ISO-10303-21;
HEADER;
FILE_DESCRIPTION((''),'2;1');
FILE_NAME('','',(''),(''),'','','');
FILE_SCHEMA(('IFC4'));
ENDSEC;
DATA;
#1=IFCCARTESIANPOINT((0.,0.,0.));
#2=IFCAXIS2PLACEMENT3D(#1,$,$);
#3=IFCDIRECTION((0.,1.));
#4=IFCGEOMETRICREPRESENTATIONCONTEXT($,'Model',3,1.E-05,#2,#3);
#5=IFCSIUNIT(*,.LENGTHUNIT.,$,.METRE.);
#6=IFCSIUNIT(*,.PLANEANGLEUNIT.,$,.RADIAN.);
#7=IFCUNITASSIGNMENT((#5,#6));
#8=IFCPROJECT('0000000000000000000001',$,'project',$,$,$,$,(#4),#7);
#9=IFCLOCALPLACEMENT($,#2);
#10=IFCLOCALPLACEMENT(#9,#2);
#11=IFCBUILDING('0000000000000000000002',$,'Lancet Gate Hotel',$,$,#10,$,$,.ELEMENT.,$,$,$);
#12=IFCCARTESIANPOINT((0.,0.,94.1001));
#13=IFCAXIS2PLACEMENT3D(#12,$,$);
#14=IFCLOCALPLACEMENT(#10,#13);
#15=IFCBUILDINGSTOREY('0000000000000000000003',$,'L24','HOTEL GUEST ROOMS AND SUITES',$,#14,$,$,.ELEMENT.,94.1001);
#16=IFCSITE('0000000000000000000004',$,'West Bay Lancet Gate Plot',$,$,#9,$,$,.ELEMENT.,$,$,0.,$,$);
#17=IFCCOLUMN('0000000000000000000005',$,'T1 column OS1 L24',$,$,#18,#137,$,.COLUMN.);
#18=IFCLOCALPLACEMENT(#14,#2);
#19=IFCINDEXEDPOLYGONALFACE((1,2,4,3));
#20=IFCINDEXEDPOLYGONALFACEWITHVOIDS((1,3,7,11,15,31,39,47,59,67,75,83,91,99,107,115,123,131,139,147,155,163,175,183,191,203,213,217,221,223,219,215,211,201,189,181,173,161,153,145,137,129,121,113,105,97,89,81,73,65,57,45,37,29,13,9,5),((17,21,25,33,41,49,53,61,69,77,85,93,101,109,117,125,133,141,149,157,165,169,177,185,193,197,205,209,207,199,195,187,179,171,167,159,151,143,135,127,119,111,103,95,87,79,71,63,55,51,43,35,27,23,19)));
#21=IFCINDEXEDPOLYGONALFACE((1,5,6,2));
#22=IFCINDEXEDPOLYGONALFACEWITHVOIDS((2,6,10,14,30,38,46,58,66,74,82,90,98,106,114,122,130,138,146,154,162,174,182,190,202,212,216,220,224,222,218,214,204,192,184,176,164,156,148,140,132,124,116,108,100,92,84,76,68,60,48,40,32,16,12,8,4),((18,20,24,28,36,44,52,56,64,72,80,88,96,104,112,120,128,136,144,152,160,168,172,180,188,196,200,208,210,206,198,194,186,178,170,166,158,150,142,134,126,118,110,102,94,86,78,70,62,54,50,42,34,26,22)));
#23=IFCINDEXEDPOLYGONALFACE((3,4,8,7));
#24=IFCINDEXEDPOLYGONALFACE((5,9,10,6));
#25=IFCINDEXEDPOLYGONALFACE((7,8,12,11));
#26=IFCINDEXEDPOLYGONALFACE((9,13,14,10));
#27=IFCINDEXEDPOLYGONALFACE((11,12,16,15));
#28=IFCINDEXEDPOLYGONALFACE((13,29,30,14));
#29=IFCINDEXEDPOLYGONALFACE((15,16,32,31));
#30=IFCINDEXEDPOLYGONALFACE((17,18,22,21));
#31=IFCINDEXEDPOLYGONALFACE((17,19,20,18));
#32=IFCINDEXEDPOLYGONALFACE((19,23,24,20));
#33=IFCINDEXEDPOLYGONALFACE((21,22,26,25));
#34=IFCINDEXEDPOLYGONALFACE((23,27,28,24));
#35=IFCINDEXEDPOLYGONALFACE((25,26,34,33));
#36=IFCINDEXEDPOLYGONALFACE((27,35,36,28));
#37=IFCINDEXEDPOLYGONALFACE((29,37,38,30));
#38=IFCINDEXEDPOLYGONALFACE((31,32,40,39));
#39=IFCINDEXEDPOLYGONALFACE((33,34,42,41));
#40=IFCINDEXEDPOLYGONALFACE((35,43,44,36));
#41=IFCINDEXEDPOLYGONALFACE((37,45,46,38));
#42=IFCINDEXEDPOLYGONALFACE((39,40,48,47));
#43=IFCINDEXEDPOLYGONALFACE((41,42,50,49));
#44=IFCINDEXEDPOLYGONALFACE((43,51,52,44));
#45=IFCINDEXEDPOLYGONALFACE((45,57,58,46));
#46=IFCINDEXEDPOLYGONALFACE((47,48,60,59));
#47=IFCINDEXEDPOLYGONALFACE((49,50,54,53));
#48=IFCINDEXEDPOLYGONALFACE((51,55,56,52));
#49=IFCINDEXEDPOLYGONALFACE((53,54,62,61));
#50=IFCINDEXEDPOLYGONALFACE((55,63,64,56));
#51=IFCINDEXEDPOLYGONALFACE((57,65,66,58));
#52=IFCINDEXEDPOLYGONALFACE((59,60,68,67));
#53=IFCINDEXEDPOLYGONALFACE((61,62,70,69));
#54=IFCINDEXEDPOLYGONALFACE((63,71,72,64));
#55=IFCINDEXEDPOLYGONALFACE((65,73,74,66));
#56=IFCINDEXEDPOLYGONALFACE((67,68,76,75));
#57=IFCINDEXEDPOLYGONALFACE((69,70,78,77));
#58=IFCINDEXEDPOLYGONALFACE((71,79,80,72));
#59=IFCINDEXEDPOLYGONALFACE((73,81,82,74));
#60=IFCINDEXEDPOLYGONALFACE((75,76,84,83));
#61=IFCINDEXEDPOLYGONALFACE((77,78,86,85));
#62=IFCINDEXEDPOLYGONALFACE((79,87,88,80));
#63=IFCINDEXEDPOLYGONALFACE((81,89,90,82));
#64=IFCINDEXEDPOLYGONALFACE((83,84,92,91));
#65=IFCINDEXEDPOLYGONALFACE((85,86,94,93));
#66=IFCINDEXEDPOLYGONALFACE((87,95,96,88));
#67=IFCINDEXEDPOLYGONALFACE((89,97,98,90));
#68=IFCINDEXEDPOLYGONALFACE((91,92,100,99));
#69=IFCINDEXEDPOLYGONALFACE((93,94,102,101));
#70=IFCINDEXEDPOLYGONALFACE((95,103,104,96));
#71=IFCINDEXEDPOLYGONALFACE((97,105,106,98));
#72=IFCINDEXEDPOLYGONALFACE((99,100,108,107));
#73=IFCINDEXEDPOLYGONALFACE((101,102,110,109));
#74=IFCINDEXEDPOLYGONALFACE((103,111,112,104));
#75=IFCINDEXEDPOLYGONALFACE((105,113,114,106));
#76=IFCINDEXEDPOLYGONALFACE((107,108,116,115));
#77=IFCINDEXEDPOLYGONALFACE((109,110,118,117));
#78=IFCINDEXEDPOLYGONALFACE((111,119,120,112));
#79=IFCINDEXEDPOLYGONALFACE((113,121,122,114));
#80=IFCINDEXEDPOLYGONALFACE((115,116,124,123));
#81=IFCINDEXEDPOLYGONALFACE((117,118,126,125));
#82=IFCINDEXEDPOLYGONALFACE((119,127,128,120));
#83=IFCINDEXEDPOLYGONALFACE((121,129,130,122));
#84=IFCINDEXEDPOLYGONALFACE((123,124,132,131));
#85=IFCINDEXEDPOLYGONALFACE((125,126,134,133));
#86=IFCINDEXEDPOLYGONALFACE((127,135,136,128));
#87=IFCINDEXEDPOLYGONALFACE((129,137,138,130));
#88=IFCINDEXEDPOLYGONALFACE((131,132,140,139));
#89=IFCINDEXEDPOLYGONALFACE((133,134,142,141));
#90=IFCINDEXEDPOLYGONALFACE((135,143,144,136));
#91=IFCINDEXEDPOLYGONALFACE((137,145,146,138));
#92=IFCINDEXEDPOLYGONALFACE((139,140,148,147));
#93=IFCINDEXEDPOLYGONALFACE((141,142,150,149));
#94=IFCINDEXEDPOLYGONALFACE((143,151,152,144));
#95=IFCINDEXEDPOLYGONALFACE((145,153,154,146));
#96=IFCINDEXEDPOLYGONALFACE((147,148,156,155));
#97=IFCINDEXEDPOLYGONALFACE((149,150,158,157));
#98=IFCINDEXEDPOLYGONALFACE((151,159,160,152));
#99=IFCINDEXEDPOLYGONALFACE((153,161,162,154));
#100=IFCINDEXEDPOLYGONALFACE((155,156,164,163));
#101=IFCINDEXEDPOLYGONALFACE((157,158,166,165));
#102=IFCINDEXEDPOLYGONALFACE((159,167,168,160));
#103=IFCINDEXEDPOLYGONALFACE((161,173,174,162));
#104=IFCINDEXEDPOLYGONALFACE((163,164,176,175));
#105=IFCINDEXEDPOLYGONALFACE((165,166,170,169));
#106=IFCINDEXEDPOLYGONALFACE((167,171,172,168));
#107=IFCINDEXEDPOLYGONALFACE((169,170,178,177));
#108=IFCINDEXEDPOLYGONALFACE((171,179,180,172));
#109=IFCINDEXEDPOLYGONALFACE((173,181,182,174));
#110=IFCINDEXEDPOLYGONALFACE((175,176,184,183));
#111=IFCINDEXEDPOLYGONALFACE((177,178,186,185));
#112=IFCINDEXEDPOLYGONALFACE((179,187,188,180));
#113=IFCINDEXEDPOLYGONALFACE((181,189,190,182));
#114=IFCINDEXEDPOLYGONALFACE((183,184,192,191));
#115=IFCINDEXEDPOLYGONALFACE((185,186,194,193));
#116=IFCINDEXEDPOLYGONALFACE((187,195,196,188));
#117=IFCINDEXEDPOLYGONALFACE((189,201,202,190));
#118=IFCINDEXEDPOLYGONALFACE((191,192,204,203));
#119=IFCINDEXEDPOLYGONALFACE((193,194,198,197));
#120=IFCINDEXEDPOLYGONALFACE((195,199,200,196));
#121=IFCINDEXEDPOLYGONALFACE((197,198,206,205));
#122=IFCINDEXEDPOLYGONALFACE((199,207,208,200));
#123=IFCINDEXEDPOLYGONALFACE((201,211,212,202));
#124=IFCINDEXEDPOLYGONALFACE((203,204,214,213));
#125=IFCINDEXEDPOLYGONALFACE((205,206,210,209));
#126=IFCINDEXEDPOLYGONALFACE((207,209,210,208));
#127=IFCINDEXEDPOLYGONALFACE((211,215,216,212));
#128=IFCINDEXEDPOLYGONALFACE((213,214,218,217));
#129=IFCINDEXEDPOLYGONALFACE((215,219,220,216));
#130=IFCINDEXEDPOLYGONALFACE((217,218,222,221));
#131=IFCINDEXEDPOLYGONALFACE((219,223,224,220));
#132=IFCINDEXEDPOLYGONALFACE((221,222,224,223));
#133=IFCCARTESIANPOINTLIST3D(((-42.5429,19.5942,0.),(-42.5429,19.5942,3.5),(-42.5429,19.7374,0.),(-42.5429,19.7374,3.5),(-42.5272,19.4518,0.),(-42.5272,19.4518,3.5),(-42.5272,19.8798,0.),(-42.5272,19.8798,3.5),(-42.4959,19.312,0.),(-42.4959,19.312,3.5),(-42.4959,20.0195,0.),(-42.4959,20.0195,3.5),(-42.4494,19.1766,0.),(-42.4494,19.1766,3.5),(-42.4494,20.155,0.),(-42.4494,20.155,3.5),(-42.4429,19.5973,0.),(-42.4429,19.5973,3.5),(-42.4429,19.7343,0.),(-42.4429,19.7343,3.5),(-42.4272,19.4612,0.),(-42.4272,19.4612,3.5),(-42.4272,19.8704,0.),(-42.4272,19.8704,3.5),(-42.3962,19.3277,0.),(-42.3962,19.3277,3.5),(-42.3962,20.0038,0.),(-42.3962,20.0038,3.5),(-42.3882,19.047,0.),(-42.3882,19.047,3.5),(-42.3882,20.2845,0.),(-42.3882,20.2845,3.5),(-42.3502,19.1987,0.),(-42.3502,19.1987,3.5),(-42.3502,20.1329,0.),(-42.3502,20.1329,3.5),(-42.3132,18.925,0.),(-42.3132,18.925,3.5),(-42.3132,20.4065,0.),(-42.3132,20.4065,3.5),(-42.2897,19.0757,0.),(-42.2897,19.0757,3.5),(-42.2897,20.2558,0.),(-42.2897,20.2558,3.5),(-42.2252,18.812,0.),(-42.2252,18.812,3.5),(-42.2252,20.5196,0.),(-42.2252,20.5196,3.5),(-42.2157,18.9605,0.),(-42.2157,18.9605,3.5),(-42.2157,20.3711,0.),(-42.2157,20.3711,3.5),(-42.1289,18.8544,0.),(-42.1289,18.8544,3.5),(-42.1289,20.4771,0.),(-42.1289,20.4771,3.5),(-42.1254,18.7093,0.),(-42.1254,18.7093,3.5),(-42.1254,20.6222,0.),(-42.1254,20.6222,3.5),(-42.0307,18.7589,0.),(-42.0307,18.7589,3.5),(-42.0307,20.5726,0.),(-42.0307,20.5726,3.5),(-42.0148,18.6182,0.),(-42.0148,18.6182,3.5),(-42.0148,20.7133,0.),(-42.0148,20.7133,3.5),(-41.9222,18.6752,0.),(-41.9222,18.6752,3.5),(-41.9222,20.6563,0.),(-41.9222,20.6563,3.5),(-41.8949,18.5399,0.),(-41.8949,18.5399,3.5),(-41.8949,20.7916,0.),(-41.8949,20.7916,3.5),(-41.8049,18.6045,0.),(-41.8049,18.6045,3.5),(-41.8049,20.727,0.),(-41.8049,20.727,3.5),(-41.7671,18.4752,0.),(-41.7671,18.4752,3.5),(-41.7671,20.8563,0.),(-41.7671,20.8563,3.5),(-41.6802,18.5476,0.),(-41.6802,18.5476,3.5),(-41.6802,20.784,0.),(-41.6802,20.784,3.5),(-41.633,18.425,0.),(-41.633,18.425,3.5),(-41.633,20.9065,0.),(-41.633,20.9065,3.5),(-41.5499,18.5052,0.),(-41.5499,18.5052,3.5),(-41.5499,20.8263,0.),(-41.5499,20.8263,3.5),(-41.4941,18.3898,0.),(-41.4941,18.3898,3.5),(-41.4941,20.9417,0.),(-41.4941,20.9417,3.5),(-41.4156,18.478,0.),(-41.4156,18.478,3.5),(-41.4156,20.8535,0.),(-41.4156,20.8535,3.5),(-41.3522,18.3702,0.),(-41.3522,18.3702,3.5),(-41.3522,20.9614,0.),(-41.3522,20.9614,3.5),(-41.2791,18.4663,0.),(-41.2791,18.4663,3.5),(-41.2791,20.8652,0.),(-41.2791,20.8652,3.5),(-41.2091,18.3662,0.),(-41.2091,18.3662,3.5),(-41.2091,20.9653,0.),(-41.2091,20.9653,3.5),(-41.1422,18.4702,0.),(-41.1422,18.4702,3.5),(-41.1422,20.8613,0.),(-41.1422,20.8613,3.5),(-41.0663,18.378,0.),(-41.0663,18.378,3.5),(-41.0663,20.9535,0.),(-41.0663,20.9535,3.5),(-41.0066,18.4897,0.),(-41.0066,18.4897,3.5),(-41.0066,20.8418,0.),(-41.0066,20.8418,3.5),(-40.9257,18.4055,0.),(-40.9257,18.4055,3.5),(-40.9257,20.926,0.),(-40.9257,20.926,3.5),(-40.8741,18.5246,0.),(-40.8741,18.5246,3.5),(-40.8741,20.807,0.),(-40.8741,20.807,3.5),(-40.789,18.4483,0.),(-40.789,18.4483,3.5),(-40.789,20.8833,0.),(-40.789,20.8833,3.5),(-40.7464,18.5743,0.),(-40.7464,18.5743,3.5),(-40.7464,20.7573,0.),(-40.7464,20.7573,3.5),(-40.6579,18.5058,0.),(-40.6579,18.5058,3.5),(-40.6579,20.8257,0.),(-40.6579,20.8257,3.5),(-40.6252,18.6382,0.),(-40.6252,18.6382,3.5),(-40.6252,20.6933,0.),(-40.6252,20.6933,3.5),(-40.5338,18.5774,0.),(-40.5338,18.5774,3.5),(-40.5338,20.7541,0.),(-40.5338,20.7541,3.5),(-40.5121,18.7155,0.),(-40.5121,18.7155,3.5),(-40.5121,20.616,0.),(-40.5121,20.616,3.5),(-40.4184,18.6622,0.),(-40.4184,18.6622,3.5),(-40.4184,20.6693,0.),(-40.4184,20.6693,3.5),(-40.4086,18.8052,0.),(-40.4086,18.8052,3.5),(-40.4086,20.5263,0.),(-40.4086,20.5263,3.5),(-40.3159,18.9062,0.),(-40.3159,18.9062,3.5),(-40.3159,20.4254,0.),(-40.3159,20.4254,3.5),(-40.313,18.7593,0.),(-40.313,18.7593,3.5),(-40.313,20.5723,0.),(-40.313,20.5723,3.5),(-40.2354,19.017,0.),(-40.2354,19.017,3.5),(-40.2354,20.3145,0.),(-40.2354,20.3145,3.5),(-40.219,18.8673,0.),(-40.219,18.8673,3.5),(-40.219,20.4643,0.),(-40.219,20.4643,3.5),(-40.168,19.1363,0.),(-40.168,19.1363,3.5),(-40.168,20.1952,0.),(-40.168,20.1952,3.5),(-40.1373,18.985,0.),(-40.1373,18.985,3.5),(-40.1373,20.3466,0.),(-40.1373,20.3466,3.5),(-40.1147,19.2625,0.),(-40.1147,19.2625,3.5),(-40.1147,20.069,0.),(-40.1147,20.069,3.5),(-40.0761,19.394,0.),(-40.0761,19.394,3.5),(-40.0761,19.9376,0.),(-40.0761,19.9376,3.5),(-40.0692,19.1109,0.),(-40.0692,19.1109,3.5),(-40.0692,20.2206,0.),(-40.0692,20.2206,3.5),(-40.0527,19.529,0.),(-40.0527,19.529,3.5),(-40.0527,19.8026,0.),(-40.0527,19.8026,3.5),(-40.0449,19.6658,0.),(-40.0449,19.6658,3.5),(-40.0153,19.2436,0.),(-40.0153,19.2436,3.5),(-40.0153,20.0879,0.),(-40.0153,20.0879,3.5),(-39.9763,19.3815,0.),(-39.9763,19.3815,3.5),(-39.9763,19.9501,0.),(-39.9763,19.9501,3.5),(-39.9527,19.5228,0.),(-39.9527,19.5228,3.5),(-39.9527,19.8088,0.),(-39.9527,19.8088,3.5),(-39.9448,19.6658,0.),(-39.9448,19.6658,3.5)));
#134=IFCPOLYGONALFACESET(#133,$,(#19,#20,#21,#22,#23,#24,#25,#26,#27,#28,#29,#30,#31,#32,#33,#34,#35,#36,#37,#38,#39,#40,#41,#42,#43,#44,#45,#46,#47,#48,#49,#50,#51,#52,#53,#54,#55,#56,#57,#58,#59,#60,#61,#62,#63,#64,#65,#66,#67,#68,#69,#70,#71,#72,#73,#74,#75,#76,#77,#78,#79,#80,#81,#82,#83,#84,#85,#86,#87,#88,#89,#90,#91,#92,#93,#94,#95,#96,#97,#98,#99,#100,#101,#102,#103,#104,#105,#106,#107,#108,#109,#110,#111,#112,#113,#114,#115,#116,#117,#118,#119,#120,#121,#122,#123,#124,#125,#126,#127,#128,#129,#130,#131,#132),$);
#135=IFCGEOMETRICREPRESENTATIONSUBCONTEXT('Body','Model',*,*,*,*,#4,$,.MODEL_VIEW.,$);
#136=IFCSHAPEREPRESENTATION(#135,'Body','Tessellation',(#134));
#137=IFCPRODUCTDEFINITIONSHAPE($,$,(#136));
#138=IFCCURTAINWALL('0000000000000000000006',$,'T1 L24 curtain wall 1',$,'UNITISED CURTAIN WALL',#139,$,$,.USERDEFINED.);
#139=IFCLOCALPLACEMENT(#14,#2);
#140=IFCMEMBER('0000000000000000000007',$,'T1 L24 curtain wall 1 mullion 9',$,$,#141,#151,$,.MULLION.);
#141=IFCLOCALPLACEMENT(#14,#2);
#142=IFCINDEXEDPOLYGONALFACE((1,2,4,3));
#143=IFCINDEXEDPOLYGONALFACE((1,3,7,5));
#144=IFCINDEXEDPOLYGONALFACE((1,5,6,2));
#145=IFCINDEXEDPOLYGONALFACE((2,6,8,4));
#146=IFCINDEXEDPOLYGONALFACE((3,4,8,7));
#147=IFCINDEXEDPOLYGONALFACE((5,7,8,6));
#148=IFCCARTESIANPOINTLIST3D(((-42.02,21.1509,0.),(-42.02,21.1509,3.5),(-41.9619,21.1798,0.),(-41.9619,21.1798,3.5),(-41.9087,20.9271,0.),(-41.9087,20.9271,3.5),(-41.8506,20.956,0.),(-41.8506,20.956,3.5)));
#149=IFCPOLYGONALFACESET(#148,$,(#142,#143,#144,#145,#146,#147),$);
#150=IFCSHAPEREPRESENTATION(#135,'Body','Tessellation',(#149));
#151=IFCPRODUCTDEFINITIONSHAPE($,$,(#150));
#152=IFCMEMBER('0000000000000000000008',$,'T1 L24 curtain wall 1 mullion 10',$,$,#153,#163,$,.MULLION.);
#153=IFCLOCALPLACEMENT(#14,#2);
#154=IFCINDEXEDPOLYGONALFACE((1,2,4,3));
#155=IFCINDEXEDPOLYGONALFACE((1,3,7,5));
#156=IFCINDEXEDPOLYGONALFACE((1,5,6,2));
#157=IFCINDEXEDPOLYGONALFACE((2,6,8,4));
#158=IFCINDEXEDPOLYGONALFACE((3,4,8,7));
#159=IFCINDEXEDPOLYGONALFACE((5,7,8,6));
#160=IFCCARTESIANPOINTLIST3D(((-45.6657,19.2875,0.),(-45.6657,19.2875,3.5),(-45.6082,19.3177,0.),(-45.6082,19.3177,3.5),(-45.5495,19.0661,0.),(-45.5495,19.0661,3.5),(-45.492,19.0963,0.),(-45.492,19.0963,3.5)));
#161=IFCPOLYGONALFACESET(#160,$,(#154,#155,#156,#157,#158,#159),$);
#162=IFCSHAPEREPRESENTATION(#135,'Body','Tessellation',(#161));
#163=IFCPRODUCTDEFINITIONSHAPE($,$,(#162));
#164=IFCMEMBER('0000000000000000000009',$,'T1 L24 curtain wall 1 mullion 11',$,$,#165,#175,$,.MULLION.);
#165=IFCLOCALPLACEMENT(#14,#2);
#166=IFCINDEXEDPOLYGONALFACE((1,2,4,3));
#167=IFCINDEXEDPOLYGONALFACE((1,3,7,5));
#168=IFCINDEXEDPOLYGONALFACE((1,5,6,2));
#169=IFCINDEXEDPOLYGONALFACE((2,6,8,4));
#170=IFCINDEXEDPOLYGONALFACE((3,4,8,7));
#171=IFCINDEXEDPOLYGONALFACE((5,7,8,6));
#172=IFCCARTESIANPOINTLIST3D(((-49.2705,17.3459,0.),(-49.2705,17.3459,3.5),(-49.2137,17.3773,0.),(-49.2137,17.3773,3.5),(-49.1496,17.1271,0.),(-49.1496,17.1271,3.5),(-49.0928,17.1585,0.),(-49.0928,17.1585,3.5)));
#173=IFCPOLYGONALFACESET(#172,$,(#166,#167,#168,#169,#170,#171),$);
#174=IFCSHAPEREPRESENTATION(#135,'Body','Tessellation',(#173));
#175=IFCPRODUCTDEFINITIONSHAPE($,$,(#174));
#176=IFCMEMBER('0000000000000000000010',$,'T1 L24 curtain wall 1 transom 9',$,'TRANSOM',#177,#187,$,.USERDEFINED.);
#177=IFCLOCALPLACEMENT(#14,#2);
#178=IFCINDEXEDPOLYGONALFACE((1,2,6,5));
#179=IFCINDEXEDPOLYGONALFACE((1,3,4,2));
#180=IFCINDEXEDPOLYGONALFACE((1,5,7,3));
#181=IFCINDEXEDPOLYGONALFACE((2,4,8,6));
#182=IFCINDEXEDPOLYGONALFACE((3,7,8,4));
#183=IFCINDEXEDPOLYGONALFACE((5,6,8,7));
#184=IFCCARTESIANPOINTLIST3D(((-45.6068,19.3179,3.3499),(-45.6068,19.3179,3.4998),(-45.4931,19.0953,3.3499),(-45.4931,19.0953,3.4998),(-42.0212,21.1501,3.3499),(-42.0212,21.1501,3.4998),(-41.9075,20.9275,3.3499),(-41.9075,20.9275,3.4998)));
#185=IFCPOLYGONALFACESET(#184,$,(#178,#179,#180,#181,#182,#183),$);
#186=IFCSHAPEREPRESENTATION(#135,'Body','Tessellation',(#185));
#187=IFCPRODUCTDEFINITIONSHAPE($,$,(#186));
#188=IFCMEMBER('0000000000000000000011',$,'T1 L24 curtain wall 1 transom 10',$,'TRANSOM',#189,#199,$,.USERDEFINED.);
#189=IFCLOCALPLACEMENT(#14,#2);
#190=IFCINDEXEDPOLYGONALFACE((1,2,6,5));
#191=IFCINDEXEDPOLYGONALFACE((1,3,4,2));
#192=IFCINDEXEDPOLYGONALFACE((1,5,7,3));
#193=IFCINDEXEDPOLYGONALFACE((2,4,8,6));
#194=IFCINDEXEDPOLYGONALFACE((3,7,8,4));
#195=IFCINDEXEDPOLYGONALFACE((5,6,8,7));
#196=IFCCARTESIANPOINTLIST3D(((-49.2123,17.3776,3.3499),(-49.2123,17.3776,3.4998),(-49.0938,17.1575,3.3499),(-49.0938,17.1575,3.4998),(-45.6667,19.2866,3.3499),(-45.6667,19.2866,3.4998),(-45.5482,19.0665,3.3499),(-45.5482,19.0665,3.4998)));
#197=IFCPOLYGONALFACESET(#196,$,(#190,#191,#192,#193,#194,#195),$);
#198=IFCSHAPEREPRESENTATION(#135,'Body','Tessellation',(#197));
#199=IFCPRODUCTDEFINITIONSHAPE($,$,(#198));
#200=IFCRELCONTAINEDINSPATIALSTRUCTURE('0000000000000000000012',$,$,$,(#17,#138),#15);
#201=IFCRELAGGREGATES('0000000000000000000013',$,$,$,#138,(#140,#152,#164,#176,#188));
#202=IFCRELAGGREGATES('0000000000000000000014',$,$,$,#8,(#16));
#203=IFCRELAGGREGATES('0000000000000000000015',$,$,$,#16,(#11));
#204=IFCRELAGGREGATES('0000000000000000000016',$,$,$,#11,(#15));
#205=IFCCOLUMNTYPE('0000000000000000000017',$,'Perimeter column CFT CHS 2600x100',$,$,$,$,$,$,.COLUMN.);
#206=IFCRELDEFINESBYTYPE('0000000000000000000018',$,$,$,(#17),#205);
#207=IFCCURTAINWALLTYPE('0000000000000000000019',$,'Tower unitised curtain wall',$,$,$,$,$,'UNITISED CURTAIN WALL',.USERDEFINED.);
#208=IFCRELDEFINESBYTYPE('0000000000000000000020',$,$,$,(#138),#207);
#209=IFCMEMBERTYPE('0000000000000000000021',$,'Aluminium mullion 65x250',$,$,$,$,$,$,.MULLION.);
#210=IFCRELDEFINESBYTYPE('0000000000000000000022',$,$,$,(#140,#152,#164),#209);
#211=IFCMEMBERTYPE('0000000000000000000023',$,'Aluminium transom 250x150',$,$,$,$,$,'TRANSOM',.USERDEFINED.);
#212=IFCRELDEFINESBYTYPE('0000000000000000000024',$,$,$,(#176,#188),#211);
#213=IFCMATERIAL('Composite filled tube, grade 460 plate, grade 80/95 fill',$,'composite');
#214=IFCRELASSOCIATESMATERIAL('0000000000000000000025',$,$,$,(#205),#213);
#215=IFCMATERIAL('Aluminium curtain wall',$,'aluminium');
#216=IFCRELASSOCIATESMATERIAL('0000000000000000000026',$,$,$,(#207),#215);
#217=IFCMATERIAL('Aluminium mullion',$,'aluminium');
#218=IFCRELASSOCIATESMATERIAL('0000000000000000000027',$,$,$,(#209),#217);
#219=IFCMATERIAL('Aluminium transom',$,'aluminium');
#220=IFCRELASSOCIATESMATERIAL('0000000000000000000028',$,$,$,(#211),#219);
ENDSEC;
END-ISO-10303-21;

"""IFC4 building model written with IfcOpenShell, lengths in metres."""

from ifc_helpers import new_model, si_unit, direction, frame, origin, origin_2d, place, context, subcontext, project, spatial, rectangle, hollow_circle, extrude, material, material_profile, profile_set, type_object, element, aggregate, save


model = new_model("IFC4")

# Units and contexts
model_context = context("Model", 3, precision=1e-05, world=origin(), true_north=direction((0.0, 1.0)))
body_context = subcontext(model_context, "Body", "Model", "MODEL_VIEW")
ifc_project = project(units=[si_unit("LENGTHUNIT", "METRE"), si_unit("PLANEANGLEUNIT", "RADIAN")], contexts=[model_context])

# Site, building, storey
site_placement = place(None, origin())
site = spatial("IfcSite", under=ifc_project, at=site_placement, Name="West Bay Lancet Gate Plot", CompositionType="ELEMENT", RefElevation=0.0)
building_placement = place(site_placement, origin())
building = spatial("IfcBuilding", under=site, at=building_placement, Name="Lancet Gate Hotel", CompositionType="ELEMENT")
storey_placement = place(building_placement, frame((0.0, 0.0, 94.1001)))
storey = spatial("IfcBuildingStorey", under=building, at=storey_placement, Name="L24", Description="HOTEL GUEST ROOMS AND SUITES", CompositionType="ELEMENT", Elevation=94.1001)

# Column
ifc_material_1 = material(Name="Composite filled tube, grade 460 plate, grade 80/95 fill", Category="composite")
ifc_material_profile_1 = material_profile(ifc_material_1, hollow_circle(Radius=1.3, WallThickness=0.1001, at=origin_2d()), Name="CHS 2600x100")
ifc_profile_set_1 = profile_set([ifc_material_profile_1], Name="Composite filled tube, grade 460 plate, grade 80/95 fill")
column_type = type_object("IfcColumnType", Name="Perimeter column CFT CHS 2600x100", PredefinedType="COLUMN", material=ifc_profile_set_1)
column_placement = place(storey_placement, frame((-41.2449, 19.6658, 0.0), z_axis=(0.0, 0.0, 1.0), x_axis=(1.0, 0.0, 0.0)))
element("IfcColumn", 1, at=column_placement, inside=storey, type_object=column_type, Name="T1 column OS1 L24", PredefinedType="COLUMN", context=body_context, shape_type="SweptSolid", body=[
    extrude(hollow_circle(Radius=1.3, WallThickness=0.1001, at=origin_2d()), origin(), (0.0, 0.0, 1.0), 3.5),
])

# Curtain wall, members
ifc_material_2 = material(Name="Aluminium curtain wall", Category="aluminium")
curtain_wall_type = type_object("IfcCurtainWallType", Name="Tower unitised curtain wall", ElementType="UNITISED CURTAIN WALL", PredefinedType="USERDEFINED", material=ifc_material_2)
curtain_wall_placement = place(storey_placement, origin())
curtain_wall = element("IfcCurtainWall", 2, at=curtain_wall_placement, inside=storey, type_object=curtain_wall_type, Name="T1 L24 curtain wall 1", ObjectType="UNITISED CURTAIN WALL", PredefinedType="USERDEFINED")
ifc_material_3 = material(Name="Aluminium mullion", Category="aluminium")
ifc_material_profile_2 = material_profile(ifc_material_3, rectangle(XDim=0.0649, YDim=0.25, at=origin_2d()), Name="MULLION 65x250")
ifc_profile_set_2 = profile_set([ifc_material_profile_2], Name="Aluminium mullion")
member_type_1 = type_object("IfcMemberType", Name="Aluminium mullion 65x250", PredefinedType="MULLION", material=ifc_profile_set_2)
member_1_placement = place(storey_placement, frame((-41.9353, 21.0535, 0.0), z_axis=(0.0, 0.0, 1.0), x_axis=(-0.895339, -0.445384, 0.0)))
member_1 = element("IfcMember", 3, at=member_1_placement, type_object=member_type_1, Name="T1 L24 curtain wall 1 mullion 9", PredefinedType="MULLION", context=body_context, shape_type="SweptSolid", body=[
    extrude(rectangle(XDim=0.0649, YDim=0.25, at=origin_2d()), origin(), (0.0, 0.0, 1.0), 3.5),
])
member_2_placement = place(storey_placement, frame((-45.5789, 19.1919, 0.0), z_axis=(0.0, 0.0, 1.0), x_axis=(-0.885544, -0.464555, 0.0)))
member_2 = element("IfcMember", 4, at=member_2_placement, type_object=member_type_1, Name="T1 L24 curtain wall 1 mullion 10", PredefinedType="MULLION", context=body_context, shape_type="SweptSolid", body=[
    extrude(rectangle(XDim=0.0649, YDim=0.25, at=origin_2d()), origin(), (0.0, 0.0, 1.0), 3.5),
])
member_3_placement = place(storey_placement, frame((-49.1816, 17.2522, 0.0), z_axis=(0.0, 0.0, 1.0), x_axis=(-0.875339, -0.48351, 0.0)))
member_3 = element("IfcMember", 5, at=member_3_placement, type_object=member_type_1, Name="T1 L24 curtain wall 1 mullion 11", PredefinedType="MULLION", context=body_context, shape_type="SweptSolid", body=[
    extrude(rectangle(XDim=0.0649, YDim=0.25, at=origin_2d()), origin(), (0.0, 0.0, 1.0), 3.5),
])
ifc_material_4 = material(Name="Aluminium transom", Category="aluminium")
ifc_material_profile_3 = material_profile(ifc_material_4, rectangle(XDim=0.25, YDim=0.1499, at=origin_2d()), Name="TRANSOM 250x150")
ifc_profile_set_3 = profile_set([ifc_material_profile_3], Name="Aluminium transom")
member_type_2 = type_object("IfcMemberType", Name="Aluminium transom 250x150", ElementType="TRANSOM", PredefinedType="USERDEFINED", material=ifc_profile_set_3)
member_4_placement = place(storey_placement, frame((-41.9644, 21.0388, 3.4248), z_axis=(-0.890476, -0.45503, 0.0), x_axis=(0.45503, -0.890476, 0.0)))
member_4 = element("IfcMember", 6, at=member_4_placement, type_object=member_type_2, Name="T1 L24 curtain wall 1 transom 9", ObjectType="TRANSOM", PredefinedType="USERDEFINED", context=body_context, shape_type="SweptSolid", body=[
    extrude(rectangle(XDim=0.25, YDim=0.1499, at=origin_2d()), origin(), (0.0, 0.0, 1.0), 4.0266),
])
member_5_placement = place(storey_placement, frame((-45.6074, 19.1765, 3.4248), z_axis=(-0.880498, -0.474049, 0.0), x_axis=(0.474049, -0.880498, 0.0)))
member_5 = element("IfcMember", 7, at=member_5_placement, type_object=member_type_2, Name="T1 L24 curtain wall 1 transom 10", ObjectType="TRANSOM", PredefinedType="USERDEFINED", context=body_context, shape_type="SweptSolid", body=[
    extrude(rectangle(XDim=0.25, YDim=0.1499, at=origin_2d()), origin(), (0.0, 0.0, 1.0), 4.0269),
])

aggregate(curtain_wall, [member_1, member_2, member_3, member_4, member_5])

save(model, "model.ifc")
